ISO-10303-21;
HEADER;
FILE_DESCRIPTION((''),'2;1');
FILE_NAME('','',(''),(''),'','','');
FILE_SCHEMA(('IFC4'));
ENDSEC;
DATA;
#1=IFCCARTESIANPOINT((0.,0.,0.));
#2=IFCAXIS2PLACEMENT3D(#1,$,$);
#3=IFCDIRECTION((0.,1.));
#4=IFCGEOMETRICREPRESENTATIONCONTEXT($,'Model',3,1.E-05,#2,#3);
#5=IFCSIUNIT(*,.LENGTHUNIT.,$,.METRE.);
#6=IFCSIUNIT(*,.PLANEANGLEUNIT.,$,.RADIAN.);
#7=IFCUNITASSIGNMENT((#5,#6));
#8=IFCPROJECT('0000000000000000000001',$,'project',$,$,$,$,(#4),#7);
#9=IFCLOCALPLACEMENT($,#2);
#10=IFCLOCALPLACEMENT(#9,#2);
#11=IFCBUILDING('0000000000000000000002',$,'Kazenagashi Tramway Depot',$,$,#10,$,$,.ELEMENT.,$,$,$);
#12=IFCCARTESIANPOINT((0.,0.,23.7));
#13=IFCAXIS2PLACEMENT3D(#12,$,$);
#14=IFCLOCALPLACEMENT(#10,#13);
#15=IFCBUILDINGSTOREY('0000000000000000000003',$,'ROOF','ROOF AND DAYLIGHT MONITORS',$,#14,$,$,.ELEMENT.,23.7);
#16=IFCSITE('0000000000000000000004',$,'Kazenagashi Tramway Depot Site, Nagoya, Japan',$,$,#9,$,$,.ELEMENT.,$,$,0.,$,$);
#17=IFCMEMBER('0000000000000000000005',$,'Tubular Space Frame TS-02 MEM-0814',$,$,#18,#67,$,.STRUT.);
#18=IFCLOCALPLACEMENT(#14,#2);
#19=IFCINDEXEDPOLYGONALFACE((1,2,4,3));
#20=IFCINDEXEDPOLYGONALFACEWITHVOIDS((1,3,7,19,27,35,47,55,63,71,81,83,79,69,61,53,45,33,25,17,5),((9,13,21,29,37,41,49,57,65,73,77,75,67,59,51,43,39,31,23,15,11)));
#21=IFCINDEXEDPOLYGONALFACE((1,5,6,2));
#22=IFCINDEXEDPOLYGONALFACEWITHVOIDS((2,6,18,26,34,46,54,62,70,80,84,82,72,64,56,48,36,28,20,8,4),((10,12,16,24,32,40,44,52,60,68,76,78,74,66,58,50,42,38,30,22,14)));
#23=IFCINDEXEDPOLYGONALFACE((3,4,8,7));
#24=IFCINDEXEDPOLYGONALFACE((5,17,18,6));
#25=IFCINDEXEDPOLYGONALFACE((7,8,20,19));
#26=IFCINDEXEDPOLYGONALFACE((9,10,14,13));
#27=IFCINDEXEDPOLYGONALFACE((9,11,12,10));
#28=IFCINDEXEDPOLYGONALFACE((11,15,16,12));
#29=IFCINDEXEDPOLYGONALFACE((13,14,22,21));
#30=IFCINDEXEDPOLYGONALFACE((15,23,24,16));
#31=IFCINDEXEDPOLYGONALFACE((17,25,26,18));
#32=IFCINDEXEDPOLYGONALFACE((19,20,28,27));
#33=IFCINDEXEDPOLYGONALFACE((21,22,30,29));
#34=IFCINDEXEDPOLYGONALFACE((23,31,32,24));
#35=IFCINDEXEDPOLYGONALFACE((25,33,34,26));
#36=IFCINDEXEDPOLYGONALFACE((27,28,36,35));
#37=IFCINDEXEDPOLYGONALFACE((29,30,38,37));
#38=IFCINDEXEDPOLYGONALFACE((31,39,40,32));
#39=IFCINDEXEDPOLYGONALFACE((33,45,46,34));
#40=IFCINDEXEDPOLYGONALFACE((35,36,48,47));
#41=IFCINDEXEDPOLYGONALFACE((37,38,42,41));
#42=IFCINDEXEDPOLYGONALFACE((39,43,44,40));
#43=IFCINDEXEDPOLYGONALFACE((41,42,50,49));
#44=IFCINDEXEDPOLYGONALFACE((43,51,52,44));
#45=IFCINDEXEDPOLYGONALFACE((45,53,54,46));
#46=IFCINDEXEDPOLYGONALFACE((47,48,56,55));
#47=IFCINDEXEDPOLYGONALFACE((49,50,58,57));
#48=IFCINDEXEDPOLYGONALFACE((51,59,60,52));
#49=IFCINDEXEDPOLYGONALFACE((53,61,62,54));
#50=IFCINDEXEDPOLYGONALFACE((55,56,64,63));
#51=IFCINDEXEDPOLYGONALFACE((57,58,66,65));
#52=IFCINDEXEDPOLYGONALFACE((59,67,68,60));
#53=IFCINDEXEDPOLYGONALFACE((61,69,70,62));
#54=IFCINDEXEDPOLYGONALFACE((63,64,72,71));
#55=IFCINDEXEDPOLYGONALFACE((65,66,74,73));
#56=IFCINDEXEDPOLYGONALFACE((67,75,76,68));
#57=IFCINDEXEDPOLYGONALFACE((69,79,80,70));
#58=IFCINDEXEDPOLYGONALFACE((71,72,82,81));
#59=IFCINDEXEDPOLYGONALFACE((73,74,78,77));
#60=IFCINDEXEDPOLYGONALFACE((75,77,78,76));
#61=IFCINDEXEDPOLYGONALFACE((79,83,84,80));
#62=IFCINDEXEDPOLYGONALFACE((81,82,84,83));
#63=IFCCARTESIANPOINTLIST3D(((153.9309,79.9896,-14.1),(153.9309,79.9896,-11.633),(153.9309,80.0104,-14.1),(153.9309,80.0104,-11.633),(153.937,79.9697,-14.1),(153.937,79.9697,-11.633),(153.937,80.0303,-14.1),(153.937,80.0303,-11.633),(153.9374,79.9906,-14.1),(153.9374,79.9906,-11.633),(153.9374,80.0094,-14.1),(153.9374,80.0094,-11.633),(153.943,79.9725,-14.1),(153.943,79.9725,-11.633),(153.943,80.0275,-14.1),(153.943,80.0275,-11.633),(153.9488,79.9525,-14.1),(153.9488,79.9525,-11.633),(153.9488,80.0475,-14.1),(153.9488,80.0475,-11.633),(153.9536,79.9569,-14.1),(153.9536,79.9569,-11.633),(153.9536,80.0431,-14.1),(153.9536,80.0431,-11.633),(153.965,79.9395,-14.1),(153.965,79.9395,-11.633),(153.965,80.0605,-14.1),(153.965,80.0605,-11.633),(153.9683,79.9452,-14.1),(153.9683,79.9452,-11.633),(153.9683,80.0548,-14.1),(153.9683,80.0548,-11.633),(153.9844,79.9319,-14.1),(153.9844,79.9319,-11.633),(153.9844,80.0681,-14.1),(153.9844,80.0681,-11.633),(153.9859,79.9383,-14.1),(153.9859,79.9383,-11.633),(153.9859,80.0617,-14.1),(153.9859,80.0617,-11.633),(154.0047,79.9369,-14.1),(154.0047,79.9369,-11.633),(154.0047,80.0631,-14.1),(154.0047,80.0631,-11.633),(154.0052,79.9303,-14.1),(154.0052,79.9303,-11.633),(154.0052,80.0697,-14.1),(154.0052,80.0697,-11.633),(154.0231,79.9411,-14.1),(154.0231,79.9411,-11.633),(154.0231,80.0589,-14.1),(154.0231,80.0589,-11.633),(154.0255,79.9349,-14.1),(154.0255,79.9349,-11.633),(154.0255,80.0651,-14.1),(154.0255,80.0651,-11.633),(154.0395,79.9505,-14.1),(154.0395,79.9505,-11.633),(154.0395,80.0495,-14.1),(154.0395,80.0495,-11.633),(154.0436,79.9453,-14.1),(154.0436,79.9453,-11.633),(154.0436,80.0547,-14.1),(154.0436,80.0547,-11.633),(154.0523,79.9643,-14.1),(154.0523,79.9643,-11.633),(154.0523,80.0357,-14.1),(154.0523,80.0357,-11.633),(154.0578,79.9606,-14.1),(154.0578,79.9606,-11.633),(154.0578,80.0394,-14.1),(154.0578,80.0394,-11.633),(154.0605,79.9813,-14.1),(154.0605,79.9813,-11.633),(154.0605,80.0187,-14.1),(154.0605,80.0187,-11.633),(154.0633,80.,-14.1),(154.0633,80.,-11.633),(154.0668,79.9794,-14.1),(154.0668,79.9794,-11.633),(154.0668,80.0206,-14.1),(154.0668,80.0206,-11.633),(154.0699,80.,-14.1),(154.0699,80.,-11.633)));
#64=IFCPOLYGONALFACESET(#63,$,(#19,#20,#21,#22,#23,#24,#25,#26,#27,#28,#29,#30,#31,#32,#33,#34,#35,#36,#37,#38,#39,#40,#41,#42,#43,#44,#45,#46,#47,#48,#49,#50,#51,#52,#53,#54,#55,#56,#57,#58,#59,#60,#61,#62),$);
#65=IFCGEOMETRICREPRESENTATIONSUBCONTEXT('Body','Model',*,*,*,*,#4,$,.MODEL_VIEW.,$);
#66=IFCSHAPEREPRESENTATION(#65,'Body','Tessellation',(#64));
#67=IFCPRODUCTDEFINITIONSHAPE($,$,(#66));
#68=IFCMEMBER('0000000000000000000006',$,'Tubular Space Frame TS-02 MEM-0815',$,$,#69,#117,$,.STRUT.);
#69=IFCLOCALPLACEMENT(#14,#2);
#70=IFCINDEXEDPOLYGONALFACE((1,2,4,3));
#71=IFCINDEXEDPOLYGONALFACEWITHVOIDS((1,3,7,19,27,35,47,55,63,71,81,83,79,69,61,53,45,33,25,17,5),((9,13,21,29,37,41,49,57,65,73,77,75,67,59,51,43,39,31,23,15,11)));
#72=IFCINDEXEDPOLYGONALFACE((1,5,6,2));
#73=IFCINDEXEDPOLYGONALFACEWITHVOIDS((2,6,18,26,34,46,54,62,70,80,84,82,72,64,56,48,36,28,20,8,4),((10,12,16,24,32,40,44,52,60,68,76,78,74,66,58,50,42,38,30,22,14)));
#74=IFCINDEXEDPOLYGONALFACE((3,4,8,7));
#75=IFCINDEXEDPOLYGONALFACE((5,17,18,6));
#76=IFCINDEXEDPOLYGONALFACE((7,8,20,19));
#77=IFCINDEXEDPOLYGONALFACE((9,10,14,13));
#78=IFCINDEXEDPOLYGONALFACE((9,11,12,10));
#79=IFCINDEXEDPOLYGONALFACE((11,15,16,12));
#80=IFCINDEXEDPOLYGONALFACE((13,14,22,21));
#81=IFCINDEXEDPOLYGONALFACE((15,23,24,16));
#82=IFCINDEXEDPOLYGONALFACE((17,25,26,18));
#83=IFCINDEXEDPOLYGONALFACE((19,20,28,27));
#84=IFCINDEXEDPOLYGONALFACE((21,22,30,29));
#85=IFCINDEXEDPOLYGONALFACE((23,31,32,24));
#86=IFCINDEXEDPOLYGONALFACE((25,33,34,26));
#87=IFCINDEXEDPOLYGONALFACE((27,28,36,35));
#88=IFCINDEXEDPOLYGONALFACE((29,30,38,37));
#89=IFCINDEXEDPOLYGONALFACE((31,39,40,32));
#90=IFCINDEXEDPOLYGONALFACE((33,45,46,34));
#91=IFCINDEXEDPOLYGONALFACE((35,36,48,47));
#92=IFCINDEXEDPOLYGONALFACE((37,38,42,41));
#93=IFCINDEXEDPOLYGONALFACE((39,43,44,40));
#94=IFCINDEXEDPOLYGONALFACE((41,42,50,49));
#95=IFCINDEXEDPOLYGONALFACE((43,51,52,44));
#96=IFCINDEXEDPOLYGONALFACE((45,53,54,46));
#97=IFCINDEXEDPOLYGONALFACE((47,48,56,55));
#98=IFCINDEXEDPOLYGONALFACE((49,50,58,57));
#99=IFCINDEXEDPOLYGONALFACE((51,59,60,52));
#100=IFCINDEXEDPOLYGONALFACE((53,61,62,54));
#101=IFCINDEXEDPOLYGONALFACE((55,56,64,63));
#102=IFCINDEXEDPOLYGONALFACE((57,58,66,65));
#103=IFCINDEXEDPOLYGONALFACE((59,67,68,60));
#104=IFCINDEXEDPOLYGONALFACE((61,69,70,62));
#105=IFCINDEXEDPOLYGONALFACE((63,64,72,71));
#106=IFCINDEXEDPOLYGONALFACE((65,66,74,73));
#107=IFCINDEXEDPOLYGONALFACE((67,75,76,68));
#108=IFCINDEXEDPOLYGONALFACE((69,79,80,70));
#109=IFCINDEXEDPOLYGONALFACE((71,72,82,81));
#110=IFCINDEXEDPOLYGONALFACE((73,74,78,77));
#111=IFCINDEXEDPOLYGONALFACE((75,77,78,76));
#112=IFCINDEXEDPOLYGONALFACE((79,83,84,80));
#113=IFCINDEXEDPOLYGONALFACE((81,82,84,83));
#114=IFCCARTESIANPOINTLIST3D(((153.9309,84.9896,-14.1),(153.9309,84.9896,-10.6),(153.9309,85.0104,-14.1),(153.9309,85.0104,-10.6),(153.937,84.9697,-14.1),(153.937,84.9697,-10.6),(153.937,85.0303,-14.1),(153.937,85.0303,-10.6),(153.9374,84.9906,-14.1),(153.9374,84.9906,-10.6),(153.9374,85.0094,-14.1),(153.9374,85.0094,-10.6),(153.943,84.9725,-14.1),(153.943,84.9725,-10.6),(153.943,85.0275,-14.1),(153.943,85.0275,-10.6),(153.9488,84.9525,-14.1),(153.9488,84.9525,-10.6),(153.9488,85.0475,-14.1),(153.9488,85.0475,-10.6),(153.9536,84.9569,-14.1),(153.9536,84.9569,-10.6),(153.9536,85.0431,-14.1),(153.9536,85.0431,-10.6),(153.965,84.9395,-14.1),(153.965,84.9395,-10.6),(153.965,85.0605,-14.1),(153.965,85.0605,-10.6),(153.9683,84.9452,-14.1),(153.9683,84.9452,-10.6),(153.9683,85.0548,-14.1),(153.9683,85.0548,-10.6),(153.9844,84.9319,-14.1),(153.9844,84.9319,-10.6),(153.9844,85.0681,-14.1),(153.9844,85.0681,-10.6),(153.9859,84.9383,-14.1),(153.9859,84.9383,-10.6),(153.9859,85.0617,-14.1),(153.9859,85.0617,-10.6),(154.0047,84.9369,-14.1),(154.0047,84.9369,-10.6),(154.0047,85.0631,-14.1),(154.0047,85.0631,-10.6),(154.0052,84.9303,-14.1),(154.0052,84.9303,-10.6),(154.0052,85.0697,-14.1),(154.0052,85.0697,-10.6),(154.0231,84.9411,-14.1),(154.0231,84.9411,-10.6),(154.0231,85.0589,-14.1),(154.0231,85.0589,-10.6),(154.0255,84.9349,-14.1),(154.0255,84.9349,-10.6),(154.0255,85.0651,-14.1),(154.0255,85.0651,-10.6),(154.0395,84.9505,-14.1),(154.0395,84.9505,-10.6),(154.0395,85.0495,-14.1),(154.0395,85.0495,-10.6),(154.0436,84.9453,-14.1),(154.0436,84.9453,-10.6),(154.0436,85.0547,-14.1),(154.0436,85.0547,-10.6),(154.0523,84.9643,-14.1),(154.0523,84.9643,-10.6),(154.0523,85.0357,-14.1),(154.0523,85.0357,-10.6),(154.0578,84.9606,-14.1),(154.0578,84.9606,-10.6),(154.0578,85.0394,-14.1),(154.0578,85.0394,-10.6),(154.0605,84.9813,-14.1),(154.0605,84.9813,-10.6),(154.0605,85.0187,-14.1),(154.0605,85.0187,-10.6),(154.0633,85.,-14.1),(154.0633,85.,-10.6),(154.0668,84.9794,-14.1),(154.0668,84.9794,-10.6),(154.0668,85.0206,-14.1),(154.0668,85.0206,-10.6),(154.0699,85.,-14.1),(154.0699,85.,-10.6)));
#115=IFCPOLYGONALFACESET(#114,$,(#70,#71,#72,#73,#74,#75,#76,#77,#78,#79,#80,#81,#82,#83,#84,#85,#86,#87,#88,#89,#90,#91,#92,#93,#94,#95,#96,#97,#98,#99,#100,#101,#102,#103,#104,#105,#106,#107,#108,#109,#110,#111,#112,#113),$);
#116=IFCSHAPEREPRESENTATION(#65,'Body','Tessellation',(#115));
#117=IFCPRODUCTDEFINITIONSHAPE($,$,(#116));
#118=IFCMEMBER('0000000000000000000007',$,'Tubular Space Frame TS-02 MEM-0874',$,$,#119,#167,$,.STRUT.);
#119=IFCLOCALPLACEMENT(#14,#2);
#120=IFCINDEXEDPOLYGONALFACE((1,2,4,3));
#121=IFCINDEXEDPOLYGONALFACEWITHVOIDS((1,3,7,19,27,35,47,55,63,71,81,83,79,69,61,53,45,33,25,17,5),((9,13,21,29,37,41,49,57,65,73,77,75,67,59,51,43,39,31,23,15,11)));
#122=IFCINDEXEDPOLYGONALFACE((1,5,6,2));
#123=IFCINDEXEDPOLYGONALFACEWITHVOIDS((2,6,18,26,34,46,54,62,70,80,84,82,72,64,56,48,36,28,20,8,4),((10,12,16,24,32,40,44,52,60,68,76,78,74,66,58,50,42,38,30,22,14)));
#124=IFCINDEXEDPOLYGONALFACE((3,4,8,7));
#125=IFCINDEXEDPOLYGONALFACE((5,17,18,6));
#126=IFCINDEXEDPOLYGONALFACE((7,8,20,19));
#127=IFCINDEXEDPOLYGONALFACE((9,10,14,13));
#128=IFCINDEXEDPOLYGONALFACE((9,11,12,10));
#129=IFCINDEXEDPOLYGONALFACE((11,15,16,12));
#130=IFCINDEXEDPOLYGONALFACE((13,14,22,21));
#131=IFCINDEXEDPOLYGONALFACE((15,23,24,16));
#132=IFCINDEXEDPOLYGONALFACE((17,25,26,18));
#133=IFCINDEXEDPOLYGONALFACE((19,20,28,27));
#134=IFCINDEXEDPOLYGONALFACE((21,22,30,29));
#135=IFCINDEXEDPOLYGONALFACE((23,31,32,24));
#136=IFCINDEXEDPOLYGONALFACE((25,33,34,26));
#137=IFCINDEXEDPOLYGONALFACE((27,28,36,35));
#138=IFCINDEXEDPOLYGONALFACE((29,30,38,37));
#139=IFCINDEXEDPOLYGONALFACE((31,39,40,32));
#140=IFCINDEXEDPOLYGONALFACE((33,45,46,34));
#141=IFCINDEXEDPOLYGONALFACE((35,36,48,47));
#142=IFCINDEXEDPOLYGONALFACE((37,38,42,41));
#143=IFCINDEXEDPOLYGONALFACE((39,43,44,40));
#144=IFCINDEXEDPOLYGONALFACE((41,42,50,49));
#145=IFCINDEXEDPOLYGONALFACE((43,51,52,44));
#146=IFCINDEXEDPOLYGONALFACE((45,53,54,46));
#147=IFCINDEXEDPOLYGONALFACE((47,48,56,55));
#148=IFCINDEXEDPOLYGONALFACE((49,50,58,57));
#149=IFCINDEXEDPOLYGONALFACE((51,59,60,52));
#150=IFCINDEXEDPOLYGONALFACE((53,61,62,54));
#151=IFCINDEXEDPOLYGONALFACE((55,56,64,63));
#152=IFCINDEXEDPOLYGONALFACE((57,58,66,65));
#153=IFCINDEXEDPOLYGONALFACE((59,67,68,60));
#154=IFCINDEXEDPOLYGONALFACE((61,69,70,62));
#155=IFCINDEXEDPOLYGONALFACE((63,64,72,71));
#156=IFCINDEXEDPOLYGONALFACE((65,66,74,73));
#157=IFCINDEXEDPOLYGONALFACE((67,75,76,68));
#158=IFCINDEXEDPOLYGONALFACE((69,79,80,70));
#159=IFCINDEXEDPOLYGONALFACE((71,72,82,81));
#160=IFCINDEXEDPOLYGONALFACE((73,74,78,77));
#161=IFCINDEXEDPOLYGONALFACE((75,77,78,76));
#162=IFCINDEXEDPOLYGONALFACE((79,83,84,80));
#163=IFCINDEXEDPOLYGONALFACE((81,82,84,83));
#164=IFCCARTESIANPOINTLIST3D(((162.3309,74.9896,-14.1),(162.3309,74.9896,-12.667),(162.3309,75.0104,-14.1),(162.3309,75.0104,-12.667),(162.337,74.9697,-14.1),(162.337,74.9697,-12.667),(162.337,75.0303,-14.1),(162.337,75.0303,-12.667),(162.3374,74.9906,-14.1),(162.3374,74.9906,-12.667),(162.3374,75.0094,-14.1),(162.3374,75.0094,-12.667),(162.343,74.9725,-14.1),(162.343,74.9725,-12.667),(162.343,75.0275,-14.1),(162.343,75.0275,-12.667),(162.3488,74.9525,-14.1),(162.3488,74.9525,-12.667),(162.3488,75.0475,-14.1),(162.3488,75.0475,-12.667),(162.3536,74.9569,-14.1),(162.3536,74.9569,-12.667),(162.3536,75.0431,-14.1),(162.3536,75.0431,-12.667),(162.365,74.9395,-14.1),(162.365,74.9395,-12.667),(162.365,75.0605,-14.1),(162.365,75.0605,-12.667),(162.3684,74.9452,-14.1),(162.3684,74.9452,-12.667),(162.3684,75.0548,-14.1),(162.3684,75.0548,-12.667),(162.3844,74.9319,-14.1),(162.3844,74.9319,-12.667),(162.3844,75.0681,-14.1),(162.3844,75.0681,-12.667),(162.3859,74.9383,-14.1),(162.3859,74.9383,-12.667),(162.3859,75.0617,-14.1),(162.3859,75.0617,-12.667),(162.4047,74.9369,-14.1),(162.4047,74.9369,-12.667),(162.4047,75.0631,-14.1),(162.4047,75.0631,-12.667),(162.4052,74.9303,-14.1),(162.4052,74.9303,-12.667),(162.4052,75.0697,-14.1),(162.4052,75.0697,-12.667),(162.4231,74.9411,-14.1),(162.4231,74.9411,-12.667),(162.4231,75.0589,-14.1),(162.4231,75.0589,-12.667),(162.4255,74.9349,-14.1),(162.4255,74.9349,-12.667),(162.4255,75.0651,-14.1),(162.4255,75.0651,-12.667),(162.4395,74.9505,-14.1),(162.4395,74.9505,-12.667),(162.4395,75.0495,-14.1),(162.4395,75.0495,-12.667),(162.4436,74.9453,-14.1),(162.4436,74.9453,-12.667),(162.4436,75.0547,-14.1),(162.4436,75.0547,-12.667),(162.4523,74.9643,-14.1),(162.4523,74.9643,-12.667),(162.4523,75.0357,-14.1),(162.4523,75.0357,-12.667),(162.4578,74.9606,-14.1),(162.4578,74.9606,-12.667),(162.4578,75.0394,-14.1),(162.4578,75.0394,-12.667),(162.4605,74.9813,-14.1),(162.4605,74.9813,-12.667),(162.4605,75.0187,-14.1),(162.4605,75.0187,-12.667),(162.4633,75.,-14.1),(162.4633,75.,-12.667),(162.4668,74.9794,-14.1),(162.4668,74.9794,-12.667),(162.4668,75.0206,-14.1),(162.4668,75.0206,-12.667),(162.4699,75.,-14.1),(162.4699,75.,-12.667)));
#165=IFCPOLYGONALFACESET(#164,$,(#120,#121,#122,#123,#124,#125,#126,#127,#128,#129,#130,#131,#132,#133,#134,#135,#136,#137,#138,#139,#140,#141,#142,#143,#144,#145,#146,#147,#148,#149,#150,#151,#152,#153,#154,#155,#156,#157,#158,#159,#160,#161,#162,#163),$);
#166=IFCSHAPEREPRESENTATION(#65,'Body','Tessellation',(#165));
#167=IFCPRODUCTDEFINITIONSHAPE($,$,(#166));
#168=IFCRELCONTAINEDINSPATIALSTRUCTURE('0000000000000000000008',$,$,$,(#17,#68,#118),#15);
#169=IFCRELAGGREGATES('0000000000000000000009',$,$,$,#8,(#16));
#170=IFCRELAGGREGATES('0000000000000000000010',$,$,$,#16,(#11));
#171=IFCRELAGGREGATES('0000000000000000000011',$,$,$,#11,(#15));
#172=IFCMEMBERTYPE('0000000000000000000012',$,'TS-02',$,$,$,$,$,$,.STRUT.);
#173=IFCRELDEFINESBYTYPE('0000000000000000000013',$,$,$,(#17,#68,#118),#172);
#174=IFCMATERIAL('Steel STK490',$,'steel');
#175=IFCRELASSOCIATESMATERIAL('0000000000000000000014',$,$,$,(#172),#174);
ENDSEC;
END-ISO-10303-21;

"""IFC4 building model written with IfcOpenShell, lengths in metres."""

from ifc_helpers import new_model, si_unit, direction, frame, origin, origin_2d, place, context, subcontext, project, spatial, hollow_circle, extrude, material, material_profile, profile_set, type_object, element, save


model = new_model("IFC4")

# Units and contexts
model_context = context("Model", 3, precision=1e-05, world=origin(), true_north=direction((0.0, 1.0)))
body_context = subcontext(model_context, "Body", "Model", "MODEL_VIEW")
ifc_project = project(units=[si_unit("LENGTHUNIT", "METRE"), si_unit("PLANEANGLEUNIT", "RADIAN")], contexts=[model_context])

# Site, building, storey
site_placement = place(None, origin())
site = spatial("IfcSite", under=ifc_project, at=site_placement, Name="Kazenagashi Tramway Depot Site, Nagoya, Japan", CompositionType="ELEMENT", RefElevation=0.0)
building_placement = place(site_placement, origin())
building = spatial("IfcBuilding", under=site, at=building_placement, Name="Kazenagashi Tramway Depot", CompositionType="ELEMENT")
storey_placement = place(building_placement, frame((0.0, 0.0, 23.7)))
storey = spatial("IfcBuildingStorey", under=building, at=storey_placement, Name="ROOF", Description="ROOF AND DAYLIGHT MONITORS", CompositionType="ELEMENT", Elevation=23.7)

# Members
ifc_material_1 = material(Name="Steel STK490", Category="steel")
ifc_material_profile_1 = material_profile(ifc_material_1, hollow_circle(Radius=0.0699, WallThickness=0.0066, at=origin_2d()), Name="CHS-139.8x6.6")
ifc_profile_set_1 = profile_set([ifc_material_profile_1], Name="Steel STK490")
member_type_1 = type_object("IfcMemberType", Name="TS-02", PredefinedType="STRUT", material=ifc_profile_set_1)
member_1_placement = place(storey_placement, frame((154.0, 80.0, -14.1), z_axis=(0.0, 0.0, 1.0), x_axis=(1.0, 0.0, 0.0)))
element("IfcMember", 1, at=member_1_placement, inside=storey, type_object=member_type_1, Name="Tubular Space Frame TS-02 MEM-0814", PredefinedType="STRUT", context=body_context, shape_type="SweptSolid", body=[
    extrude(hollow_circle(Radius=0.0699, WallThickness=0.0066, at=origin_2d()), origin(), (0.0, 0.0, 1.0), 2.467),
])
member_2_placement = place(storey_placement, frame((154.0, 85.0, -14.1), z_axis=(0.0, 0.0, 1.0), x_axis=(1.0, 0.0, 0.0)))
element("IfcMember", 2, at=member_2_placement, inside=storey, type_object=member_type_1, Name="Tubular Space Frame TS-02 MEM-0815", PredefinedType="STRUT", context=body_context, shape_type="SweptSolid", body=[
    extrude(hollow_circle(Radius=0.0699, WallThickness=0.0066, at=origin_2d()), origin(), (0.0, 0.0, 1.0), 3.5),
])
member_3_placement = place(storey_placement, frame((162.4, 75.0, -14.1), z_axis=(0.0, 0.0, 1.0), x_axis=(1.0, 0.0, 0.0)))
element("IfcMember", 3, at=member_3_placement, inside=storey, type_object=member_type_1, Name="Tubular Space Frame TS-02 MEM-0874", PredefinedType="STRUT", context=body_context, shape_type="SweptSolid", body=[
    extrude(hollow_circle(Radius=0.0699, WallThickness=0.0066, at=origin_2d()), origin(), (0.0, 0.0, 1.0), 1.433),
])

save(model, "model.ifc")
